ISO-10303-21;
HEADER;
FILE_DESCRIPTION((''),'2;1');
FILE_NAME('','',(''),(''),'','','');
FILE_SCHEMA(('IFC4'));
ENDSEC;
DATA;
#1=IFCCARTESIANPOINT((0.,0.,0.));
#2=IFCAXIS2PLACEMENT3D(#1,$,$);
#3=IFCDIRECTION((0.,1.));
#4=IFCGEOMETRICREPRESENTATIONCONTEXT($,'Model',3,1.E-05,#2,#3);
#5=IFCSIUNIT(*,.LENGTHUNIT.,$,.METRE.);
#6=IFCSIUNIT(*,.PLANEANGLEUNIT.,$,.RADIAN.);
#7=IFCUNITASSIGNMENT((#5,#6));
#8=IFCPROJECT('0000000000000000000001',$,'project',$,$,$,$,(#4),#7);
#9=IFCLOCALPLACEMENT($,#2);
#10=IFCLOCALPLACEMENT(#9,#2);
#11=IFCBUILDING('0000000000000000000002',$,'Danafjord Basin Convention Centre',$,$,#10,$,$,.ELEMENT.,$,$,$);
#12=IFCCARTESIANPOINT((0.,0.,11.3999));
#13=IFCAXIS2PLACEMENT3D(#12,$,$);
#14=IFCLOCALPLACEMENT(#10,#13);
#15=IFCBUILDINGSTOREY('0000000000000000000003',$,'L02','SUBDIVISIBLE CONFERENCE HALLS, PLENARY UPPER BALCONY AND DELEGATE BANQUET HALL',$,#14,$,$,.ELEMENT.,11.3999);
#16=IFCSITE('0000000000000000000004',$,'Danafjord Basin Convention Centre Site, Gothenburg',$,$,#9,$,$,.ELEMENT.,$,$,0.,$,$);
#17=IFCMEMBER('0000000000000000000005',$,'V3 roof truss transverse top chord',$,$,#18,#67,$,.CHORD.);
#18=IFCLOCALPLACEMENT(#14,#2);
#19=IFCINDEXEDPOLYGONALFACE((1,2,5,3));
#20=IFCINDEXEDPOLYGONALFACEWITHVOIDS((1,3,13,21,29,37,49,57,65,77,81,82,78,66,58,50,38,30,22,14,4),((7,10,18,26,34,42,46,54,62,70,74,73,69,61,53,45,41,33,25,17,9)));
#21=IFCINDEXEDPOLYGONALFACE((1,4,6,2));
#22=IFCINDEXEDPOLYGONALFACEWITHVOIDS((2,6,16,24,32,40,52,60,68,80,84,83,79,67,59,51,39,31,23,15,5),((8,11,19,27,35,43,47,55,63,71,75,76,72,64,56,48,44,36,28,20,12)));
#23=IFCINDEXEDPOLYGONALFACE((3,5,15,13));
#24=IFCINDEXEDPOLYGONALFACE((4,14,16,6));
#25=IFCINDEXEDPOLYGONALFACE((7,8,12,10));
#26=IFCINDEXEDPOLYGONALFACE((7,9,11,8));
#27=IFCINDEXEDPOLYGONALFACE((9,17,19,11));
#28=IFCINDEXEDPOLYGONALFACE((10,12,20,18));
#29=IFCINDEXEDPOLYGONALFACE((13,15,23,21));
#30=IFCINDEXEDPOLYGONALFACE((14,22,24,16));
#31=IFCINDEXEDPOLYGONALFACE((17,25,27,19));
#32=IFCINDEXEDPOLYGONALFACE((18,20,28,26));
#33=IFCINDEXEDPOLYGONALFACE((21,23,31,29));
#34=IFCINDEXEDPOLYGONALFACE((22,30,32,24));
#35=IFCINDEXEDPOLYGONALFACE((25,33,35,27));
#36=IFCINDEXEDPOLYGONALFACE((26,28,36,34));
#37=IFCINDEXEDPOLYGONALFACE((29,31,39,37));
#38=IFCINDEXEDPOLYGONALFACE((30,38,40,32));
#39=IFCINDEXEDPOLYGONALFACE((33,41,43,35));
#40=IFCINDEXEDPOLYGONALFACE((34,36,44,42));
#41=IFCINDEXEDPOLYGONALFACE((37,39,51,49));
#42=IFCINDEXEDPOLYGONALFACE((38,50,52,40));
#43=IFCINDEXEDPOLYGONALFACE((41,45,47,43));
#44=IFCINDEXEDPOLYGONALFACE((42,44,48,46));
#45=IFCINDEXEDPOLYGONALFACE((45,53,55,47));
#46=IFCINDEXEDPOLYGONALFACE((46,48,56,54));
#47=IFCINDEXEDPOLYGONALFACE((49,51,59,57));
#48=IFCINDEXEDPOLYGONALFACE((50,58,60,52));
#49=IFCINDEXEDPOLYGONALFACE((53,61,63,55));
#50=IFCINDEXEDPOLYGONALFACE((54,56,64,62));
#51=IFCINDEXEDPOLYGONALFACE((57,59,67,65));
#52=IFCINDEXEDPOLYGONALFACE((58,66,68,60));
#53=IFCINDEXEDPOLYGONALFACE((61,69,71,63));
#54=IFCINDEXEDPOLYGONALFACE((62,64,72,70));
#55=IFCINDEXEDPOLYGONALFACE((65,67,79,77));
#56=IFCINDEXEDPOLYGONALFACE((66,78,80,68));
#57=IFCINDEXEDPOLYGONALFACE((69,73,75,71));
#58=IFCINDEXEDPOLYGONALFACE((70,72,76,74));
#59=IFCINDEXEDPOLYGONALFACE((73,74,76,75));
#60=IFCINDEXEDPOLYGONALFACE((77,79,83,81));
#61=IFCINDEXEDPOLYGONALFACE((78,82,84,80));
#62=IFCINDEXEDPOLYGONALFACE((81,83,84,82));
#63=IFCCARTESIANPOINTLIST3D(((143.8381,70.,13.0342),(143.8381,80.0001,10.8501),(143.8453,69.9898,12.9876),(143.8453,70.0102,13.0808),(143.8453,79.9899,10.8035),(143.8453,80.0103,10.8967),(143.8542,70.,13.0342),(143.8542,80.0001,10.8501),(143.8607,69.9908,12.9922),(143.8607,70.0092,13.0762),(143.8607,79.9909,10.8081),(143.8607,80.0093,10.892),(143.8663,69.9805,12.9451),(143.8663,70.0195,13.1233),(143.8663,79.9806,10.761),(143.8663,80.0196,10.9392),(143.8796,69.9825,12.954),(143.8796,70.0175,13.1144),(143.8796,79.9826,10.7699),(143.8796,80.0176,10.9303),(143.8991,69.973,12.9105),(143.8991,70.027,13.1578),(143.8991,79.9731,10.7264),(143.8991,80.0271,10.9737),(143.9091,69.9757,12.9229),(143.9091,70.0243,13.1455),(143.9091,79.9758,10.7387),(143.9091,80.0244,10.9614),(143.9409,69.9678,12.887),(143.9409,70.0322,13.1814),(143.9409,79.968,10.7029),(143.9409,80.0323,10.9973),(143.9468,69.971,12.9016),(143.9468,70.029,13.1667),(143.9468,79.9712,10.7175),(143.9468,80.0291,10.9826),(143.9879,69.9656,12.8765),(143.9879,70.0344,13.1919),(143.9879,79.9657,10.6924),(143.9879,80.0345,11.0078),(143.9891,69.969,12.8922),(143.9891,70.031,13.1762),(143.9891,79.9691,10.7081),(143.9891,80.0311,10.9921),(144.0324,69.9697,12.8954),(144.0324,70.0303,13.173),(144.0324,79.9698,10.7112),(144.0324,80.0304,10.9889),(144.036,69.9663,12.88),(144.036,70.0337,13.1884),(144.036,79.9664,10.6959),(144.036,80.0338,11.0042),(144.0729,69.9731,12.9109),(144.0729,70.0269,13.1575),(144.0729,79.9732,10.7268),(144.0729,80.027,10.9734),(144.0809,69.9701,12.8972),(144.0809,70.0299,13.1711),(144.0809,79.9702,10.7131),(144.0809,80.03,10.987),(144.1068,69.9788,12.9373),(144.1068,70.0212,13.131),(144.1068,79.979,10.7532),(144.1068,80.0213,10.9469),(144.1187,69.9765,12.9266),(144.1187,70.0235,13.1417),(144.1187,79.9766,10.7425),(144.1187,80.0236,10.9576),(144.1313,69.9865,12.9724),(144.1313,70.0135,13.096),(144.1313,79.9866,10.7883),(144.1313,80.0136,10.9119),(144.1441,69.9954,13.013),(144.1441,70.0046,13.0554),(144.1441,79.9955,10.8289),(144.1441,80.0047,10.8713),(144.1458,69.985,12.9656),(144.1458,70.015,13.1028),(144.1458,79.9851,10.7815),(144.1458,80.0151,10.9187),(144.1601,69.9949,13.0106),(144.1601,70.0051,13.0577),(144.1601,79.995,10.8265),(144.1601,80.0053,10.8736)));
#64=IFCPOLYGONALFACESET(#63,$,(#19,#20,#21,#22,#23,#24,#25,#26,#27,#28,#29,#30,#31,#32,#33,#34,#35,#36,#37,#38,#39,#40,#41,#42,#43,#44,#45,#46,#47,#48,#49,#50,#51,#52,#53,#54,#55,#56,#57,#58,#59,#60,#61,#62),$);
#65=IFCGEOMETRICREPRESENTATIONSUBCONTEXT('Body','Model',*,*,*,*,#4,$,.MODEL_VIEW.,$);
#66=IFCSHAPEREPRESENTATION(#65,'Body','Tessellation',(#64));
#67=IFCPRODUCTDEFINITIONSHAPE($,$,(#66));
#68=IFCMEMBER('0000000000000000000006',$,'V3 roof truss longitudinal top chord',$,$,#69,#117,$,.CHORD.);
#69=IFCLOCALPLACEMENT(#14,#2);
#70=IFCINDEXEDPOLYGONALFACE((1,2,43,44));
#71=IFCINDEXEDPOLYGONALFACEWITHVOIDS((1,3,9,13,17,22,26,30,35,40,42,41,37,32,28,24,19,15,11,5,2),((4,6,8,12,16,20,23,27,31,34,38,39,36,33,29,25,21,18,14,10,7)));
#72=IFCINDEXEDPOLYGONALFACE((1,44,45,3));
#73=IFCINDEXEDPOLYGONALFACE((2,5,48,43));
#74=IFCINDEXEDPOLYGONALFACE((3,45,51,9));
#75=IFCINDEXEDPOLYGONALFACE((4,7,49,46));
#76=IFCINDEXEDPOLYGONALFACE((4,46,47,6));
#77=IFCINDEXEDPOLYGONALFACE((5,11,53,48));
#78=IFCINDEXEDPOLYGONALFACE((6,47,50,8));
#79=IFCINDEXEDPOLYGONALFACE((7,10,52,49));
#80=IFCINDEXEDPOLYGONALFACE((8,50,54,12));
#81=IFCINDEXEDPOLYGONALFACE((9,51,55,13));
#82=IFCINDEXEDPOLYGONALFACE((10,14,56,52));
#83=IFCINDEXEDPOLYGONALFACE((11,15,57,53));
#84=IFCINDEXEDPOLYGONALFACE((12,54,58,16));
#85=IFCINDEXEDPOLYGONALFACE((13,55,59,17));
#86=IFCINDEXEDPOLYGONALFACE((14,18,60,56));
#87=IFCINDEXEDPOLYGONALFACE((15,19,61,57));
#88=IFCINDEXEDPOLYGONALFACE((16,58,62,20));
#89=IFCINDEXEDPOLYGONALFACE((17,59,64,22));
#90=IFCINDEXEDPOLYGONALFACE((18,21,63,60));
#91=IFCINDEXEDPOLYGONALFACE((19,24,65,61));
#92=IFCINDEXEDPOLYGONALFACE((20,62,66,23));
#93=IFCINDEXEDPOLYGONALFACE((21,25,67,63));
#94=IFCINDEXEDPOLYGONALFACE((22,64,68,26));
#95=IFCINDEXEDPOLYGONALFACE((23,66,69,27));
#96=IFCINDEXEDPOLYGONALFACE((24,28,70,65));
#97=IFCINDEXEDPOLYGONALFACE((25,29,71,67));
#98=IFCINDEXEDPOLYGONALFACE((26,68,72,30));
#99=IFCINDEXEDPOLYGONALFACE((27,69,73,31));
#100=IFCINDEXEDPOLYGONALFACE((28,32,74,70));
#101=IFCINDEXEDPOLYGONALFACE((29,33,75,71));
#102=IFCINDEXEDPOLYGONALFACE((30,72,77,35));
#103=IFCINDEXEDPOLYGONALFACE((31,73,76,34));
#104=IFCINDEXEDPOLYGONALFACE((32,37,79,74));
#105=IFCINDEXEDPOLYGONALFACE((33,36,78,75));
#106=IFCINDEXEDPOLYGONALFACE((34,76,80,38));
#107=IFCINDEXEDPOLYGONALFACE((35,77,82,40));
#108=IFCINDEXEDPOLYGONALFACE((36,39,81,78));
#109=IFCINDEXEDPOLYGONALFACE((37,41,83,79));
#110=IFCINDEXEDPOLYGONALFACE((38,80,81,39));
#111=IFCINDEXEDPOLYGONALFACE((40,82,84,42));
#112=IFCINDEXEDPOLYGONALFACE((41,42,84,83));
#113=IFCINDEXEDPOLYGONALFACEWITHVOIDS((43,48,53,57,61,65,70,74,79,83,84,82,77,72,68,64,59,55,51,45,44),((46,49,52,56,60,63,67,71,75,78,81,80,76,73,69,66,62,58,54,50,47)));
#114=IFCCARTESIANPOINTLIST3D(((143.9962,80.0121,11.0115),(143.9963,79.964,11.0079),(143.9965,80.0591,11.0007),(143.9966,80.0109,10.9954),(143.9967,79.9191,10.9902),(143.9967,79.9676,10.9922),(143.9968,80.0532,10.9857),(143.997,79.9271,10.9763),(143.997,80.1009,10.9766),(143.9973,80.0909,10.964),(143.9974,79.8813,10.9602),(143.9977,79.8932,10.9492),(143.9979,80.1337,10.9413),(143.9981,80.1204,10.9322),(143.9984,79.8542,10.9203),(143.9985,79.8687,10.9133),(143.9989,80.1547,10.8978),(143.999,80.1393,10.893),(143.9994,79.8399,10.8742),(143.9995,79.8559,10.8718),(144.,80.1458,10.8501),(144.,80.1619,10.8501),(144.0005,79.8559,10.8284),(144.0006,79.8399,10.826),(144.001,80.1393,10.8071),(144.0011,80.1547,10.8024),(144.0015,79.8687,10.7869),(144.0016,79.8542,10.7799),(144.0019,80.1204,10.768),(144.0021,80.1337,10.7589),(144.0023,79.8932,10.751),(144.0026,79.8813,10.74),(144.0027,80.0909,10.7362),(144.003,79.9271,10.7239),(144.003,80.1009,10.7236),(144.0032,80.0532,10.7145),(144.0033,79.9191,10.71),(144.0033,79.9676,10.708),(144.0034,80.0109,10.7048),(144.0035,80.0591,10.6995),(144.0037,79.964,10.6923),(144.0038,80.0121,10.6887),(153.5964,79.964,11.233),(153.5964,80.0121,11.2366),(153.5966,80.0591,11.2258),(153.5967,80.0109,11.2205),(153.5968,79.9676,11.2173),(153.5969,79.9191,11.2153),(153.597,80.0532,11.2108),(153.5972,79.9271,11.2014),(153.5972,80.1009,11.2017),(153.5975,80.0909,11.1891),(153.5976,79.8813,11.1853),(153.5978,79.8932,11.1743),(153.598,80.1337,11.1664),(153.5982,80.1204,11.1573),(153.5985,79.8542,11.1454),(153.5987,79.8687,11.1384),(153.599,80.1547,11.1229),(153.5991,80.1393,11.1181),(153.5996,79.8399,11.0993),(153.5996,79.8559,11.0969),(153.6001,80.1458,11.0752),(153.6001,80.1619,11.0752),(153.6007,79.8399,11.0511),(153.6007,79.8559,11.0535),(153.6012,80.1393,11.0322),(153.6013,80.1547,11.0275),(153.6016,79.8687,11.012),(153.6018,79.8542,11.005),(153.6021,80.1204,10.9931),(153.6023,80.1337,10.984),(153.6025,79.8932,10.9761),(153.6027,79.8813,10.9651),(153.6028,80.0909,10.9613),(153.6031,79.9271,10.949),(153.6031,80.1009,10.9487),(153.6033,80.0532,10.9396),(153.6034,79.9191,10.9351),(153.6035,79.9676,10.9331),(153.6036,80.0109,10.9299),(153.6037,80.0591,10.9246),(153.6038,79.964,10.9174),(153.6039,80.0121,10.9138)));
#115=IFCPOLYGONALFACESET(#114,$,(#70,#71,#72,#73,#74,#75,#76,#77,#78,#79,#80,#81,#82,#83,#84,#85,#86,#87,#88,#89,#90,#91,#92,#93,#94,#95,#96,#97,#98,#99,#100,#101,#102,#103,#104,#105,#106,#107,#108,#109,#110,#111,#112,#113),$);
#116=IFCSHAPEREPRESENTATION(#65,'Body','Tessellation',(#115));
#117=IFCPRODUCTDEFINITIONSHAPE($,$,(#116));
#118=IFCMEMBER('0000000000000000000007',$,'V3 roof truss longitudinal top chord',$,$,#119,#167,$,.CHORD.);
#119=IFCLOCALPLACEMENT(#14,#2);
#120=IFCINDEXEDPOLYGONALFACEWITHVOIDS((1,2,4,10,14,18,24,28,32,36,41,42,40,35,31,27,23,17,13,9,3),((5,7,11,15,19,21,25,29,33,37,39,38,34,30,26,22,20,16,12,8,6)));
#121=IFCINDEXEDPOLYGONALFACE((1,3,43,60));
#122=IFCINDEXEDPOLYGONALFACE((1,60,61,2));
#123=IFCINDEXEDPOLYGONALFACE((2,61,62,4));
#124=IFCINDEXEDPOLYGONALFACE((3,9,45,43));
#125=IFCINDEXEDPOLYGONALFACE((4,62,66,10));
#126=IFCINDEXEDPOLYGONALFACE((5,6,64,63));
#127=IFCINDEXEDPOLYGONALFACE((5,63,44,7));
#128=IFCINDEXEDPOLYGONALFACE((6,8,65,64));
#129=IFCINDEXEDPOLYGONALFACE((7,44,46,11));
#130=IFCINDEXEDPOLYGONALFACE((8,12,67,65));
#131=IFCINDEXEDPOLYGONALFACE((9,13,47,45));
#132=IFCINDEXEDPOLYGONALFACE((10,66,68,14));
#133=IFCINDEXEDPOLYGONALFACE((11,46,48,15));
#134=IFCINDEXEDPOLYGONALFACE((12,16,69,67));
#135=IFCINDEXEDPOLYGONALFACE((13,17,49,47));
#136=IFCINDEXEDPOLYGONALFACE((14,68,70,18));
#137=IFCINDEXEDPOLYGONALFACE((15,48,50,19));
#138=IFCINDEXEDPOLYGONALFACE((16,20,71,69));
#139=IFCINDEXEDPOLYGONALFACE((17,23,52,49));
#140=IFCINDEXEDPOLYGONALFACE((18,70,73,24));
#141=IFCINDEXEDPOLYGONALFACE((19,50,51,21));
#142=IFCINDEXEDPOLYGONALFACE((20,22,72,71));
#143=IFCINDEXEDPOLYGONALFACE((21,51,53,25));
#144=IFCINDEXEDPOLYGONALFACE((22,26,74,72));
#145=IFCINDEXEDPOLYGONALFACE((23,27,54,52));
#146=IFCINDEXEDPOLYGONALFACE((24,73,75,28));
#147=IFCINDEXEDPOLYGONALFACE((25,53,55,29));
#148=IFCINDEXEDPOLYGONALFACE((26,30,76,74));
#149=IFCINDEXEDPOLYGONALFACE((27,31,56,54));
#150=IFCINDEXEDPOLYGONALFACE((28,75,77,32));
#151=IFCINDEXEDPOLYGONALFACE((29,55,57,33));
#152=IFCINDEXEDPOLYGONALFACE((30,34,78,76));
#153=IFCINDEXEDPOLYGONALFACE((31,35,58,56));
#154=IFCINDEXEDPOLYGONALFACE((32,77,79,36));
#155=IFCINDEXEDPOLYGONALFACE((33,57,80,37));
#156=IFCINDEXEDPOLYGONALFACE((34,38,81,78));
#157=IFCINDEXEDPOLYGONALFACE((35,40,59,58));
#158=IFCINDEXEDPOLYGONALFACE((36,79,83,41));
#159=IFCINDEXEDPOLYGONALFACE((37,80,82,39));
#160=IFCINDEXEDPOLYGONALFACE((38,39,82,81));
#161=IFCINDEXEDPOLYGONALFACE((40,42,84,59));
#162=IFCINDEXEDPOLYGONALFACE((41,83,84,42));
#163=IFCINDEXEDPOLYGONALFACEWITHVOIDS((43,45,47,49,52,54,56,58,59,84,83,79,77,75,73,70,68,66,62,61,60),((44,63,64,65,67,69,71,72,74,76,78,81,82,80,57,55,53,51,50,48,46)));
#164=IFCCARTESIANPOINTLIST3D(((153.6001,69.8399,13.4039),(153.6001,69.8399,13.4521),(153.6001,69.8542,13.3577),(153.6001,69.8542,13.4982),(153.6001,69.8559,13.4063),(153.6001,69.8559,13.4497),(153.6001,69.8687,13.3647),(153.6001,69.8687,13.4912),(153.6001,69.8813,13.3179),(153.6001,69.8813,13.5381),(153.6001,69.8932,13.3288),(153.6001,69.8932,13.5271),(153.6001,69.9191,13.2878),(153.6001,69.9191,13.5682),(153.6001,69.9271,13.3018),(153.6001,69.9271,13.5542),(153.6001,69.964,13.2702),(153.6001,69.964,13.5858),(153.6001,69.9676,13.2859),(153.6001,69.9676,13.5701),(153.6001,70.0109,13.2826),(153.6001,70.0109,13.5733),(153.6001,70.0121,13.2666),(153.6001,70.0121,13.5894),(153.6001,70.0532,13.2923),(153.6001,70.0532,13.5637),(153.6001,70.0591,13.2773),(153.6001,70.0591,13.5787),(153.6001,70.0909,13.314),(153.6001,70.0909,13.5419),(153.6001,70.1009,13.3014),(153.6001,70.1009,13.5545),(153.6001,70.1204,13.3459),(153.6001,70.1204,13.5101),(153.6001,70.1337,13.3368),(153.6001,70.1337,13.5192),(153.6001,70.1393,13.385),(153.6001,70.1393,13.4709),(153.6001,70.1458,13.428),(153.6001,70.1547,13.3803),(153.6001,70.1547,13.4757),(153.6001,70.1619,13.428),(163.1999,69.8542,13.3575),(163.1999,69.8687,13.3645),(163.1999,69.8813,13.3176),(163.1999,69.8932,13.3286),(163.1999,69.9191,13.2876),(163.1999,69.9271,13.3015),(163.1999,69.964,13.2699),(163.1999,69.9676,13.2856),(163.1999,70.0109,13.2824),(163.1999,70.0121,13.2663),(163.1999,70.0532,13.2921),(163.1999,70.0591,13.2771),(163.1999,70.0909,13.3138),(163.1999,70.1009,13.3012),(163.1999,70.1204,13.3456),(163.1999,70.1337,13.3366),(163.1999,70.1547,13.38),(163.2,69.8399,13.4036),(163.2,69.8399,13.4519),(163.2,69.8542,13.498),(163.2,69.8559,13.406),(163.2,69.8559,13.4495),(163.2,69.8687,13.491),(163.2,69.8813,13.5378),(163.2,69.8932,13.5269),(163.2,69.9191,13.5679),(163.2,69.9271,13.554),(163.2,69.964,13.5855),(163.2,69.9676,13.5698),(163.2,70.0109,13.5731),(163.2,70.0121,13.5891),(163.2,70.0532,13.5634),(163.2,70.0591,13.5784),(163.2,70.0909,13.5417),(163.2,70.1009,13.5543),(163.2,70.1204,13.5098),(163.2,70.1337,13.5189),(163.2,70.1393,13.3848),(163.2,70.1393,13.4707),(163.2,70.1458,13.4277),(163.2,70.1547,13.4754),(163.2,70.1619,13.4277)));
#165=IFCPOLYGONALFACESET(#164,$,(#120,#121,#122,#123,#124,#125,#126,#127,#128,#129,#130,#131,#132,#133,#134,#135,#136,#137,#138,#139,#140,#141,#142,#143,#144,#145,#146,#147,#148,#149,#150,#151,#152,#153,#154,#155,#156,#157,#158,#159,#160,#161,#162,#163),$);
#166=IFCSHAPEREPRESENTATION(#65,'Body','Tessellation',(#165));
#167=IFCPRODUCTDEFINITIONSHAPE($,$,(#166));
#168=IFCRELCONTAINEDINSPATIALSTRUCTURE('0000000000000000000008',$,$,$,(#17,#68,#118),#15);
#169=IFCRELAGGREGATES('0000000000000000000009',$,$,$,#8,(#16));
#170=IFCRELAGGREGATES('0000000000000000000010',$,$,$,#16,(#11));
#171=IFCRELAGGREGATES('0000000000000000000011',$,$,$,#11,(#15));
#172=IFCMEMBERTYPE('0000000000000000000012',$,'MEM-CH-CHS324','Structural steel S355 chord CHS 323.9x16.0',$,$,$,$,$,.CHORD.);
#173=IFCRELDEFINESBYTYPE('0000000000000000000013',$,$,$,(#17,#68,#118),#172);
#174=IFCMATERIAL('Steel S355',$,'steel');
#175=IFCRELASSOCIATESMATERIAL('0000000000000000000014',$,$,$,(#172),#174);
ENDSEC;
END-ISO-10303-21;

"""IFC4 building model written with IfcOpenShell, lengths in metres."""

from ifc_helpers import new_model, si_unit, direction, frame, origin, origin_2d, place, context, subcontext, project, spatial, hollow_circle, extrude, material, material_profile, profile_set, type_object, element, save


model = new_model("IFC4")

# Units and contexts
model_context = context("Model", 3, precision=1e-05, world=origin(), true_north=direction((0.0, 1.0)))
body_context = subcontext(model_context, "Body", "Model", "MODEL_VIEW")
ifc_project = project(units=[si_unit("LENGTHUNIT", "METRE"), si_unit("PLANEANGLEUNIT", "RADIAN")], contexts=[model_context])

# Site, building, storey
site_placement = place(None, origin())
site = spatial("IfcSite", under=ifc_project, at=site_placement, Name="Danafjord Basin Convention Centre Site, Gothenburg", CompositionType="ELEMENT", RefElevation=0.0)
building_placement = place(site_placement, origin())
building = spatial("IfcBuilding", under=site, at=building_placement, Name="Danafjord Basin Convention Centre", CompositionType="ELEMENT")
storey_placement = place(building_placement, frame((0.0, 0.0, 11.3999)))
storey = spatial("IfcBuildingStorey", under=building, at=storey_placement, Name="L02", Description="SUBDIVISIBLE CONFERENCE HALLS, PLENARY UPPER BALCONY AND DELEGATE BANQUET HALL", CompositionType="ELEMENT", Elevation=11.3999)

# Shared definitions
ifc_material = material(Name="Steel S355", Category="steel")

# Members
ifc_material_profile_1 = material_profile(ifc_material, hollow_circle(Radius=0.1619, WallThickness=0.0161, at=origin_2d()), Name="CHS 323.9x16.0")
ifc_profile_set_1 = profile_set([ifc_material_profile_1], Name="Steel S355")
member_type_1 = type_object("IfcMemberType", Name="MEM-CH-CHS324", Description="Structural steel S355 chord CHS 323.9x16.0", PredefinedType="CHORD", material=ifc_profile_set_1)
member_1_placement = place(storey_placement, frame((144.0, 70.0, 13.0342), z_axis=(0.0, 0.97697, -0.213378), x_axis=(-1.0, 0.0, 0.0)))
element("IfcMember", 1, at=member_1_placement, inside=storey, type_object=member_type_1, Name="V3 roof truss transverse top chord", PredefinedType="CHORD", context=body_context, shape_type="SweptSolid", body=[
    extrude(hollow_circle(Radius=0.1619, WallThickness=0.0161, at=origin_2d()), origin(), (0.0, 0.0, 1.0), 10.2358),
])
member_2_placement = place(storey_placement, frame((144.0, 80.0, 10.8501), z_axis=(0.999725, 0.0, 0.023441), x_axis=(0.0, 1.0, 0.0)))
element("IfcMember", 2, at=member_2_placement, inside=storey, type_object=member_type_1, Name="V3 roof truss longitudinal top chord", PredefinedType="CHORD", context=body_context, shape_type="SweptSolid", body=[
    extrude(hollow_circle(Radius=0.1619, WallThickness=0.0161, at=origin_2d()), origin(), (0.0, 0.0, 1.0), 9.6028),
])
member_3_placement = place(storey_placement, frame((153.6001, 70.0, 13.428), z_axis=(1.0, 0.0, -0.000025), x_axis=(0.0, 1.0, 0.0)))
element("IfcMember", 3, at=member_3_placement, inside=storey, type_object=member_type_1, Name="V3 roof truss longitudinal top chord", PredefinedType="CHORD", context=body_context, shape_type="SweptSolid", body=[
    extrude(hollow_circle(Radius=0.1619, WallThickness=0.0161, at=origin_2d()), origin(), (0.0, 0.0, 1.0), 9.5999),
])

save(model, "model.ifc")
